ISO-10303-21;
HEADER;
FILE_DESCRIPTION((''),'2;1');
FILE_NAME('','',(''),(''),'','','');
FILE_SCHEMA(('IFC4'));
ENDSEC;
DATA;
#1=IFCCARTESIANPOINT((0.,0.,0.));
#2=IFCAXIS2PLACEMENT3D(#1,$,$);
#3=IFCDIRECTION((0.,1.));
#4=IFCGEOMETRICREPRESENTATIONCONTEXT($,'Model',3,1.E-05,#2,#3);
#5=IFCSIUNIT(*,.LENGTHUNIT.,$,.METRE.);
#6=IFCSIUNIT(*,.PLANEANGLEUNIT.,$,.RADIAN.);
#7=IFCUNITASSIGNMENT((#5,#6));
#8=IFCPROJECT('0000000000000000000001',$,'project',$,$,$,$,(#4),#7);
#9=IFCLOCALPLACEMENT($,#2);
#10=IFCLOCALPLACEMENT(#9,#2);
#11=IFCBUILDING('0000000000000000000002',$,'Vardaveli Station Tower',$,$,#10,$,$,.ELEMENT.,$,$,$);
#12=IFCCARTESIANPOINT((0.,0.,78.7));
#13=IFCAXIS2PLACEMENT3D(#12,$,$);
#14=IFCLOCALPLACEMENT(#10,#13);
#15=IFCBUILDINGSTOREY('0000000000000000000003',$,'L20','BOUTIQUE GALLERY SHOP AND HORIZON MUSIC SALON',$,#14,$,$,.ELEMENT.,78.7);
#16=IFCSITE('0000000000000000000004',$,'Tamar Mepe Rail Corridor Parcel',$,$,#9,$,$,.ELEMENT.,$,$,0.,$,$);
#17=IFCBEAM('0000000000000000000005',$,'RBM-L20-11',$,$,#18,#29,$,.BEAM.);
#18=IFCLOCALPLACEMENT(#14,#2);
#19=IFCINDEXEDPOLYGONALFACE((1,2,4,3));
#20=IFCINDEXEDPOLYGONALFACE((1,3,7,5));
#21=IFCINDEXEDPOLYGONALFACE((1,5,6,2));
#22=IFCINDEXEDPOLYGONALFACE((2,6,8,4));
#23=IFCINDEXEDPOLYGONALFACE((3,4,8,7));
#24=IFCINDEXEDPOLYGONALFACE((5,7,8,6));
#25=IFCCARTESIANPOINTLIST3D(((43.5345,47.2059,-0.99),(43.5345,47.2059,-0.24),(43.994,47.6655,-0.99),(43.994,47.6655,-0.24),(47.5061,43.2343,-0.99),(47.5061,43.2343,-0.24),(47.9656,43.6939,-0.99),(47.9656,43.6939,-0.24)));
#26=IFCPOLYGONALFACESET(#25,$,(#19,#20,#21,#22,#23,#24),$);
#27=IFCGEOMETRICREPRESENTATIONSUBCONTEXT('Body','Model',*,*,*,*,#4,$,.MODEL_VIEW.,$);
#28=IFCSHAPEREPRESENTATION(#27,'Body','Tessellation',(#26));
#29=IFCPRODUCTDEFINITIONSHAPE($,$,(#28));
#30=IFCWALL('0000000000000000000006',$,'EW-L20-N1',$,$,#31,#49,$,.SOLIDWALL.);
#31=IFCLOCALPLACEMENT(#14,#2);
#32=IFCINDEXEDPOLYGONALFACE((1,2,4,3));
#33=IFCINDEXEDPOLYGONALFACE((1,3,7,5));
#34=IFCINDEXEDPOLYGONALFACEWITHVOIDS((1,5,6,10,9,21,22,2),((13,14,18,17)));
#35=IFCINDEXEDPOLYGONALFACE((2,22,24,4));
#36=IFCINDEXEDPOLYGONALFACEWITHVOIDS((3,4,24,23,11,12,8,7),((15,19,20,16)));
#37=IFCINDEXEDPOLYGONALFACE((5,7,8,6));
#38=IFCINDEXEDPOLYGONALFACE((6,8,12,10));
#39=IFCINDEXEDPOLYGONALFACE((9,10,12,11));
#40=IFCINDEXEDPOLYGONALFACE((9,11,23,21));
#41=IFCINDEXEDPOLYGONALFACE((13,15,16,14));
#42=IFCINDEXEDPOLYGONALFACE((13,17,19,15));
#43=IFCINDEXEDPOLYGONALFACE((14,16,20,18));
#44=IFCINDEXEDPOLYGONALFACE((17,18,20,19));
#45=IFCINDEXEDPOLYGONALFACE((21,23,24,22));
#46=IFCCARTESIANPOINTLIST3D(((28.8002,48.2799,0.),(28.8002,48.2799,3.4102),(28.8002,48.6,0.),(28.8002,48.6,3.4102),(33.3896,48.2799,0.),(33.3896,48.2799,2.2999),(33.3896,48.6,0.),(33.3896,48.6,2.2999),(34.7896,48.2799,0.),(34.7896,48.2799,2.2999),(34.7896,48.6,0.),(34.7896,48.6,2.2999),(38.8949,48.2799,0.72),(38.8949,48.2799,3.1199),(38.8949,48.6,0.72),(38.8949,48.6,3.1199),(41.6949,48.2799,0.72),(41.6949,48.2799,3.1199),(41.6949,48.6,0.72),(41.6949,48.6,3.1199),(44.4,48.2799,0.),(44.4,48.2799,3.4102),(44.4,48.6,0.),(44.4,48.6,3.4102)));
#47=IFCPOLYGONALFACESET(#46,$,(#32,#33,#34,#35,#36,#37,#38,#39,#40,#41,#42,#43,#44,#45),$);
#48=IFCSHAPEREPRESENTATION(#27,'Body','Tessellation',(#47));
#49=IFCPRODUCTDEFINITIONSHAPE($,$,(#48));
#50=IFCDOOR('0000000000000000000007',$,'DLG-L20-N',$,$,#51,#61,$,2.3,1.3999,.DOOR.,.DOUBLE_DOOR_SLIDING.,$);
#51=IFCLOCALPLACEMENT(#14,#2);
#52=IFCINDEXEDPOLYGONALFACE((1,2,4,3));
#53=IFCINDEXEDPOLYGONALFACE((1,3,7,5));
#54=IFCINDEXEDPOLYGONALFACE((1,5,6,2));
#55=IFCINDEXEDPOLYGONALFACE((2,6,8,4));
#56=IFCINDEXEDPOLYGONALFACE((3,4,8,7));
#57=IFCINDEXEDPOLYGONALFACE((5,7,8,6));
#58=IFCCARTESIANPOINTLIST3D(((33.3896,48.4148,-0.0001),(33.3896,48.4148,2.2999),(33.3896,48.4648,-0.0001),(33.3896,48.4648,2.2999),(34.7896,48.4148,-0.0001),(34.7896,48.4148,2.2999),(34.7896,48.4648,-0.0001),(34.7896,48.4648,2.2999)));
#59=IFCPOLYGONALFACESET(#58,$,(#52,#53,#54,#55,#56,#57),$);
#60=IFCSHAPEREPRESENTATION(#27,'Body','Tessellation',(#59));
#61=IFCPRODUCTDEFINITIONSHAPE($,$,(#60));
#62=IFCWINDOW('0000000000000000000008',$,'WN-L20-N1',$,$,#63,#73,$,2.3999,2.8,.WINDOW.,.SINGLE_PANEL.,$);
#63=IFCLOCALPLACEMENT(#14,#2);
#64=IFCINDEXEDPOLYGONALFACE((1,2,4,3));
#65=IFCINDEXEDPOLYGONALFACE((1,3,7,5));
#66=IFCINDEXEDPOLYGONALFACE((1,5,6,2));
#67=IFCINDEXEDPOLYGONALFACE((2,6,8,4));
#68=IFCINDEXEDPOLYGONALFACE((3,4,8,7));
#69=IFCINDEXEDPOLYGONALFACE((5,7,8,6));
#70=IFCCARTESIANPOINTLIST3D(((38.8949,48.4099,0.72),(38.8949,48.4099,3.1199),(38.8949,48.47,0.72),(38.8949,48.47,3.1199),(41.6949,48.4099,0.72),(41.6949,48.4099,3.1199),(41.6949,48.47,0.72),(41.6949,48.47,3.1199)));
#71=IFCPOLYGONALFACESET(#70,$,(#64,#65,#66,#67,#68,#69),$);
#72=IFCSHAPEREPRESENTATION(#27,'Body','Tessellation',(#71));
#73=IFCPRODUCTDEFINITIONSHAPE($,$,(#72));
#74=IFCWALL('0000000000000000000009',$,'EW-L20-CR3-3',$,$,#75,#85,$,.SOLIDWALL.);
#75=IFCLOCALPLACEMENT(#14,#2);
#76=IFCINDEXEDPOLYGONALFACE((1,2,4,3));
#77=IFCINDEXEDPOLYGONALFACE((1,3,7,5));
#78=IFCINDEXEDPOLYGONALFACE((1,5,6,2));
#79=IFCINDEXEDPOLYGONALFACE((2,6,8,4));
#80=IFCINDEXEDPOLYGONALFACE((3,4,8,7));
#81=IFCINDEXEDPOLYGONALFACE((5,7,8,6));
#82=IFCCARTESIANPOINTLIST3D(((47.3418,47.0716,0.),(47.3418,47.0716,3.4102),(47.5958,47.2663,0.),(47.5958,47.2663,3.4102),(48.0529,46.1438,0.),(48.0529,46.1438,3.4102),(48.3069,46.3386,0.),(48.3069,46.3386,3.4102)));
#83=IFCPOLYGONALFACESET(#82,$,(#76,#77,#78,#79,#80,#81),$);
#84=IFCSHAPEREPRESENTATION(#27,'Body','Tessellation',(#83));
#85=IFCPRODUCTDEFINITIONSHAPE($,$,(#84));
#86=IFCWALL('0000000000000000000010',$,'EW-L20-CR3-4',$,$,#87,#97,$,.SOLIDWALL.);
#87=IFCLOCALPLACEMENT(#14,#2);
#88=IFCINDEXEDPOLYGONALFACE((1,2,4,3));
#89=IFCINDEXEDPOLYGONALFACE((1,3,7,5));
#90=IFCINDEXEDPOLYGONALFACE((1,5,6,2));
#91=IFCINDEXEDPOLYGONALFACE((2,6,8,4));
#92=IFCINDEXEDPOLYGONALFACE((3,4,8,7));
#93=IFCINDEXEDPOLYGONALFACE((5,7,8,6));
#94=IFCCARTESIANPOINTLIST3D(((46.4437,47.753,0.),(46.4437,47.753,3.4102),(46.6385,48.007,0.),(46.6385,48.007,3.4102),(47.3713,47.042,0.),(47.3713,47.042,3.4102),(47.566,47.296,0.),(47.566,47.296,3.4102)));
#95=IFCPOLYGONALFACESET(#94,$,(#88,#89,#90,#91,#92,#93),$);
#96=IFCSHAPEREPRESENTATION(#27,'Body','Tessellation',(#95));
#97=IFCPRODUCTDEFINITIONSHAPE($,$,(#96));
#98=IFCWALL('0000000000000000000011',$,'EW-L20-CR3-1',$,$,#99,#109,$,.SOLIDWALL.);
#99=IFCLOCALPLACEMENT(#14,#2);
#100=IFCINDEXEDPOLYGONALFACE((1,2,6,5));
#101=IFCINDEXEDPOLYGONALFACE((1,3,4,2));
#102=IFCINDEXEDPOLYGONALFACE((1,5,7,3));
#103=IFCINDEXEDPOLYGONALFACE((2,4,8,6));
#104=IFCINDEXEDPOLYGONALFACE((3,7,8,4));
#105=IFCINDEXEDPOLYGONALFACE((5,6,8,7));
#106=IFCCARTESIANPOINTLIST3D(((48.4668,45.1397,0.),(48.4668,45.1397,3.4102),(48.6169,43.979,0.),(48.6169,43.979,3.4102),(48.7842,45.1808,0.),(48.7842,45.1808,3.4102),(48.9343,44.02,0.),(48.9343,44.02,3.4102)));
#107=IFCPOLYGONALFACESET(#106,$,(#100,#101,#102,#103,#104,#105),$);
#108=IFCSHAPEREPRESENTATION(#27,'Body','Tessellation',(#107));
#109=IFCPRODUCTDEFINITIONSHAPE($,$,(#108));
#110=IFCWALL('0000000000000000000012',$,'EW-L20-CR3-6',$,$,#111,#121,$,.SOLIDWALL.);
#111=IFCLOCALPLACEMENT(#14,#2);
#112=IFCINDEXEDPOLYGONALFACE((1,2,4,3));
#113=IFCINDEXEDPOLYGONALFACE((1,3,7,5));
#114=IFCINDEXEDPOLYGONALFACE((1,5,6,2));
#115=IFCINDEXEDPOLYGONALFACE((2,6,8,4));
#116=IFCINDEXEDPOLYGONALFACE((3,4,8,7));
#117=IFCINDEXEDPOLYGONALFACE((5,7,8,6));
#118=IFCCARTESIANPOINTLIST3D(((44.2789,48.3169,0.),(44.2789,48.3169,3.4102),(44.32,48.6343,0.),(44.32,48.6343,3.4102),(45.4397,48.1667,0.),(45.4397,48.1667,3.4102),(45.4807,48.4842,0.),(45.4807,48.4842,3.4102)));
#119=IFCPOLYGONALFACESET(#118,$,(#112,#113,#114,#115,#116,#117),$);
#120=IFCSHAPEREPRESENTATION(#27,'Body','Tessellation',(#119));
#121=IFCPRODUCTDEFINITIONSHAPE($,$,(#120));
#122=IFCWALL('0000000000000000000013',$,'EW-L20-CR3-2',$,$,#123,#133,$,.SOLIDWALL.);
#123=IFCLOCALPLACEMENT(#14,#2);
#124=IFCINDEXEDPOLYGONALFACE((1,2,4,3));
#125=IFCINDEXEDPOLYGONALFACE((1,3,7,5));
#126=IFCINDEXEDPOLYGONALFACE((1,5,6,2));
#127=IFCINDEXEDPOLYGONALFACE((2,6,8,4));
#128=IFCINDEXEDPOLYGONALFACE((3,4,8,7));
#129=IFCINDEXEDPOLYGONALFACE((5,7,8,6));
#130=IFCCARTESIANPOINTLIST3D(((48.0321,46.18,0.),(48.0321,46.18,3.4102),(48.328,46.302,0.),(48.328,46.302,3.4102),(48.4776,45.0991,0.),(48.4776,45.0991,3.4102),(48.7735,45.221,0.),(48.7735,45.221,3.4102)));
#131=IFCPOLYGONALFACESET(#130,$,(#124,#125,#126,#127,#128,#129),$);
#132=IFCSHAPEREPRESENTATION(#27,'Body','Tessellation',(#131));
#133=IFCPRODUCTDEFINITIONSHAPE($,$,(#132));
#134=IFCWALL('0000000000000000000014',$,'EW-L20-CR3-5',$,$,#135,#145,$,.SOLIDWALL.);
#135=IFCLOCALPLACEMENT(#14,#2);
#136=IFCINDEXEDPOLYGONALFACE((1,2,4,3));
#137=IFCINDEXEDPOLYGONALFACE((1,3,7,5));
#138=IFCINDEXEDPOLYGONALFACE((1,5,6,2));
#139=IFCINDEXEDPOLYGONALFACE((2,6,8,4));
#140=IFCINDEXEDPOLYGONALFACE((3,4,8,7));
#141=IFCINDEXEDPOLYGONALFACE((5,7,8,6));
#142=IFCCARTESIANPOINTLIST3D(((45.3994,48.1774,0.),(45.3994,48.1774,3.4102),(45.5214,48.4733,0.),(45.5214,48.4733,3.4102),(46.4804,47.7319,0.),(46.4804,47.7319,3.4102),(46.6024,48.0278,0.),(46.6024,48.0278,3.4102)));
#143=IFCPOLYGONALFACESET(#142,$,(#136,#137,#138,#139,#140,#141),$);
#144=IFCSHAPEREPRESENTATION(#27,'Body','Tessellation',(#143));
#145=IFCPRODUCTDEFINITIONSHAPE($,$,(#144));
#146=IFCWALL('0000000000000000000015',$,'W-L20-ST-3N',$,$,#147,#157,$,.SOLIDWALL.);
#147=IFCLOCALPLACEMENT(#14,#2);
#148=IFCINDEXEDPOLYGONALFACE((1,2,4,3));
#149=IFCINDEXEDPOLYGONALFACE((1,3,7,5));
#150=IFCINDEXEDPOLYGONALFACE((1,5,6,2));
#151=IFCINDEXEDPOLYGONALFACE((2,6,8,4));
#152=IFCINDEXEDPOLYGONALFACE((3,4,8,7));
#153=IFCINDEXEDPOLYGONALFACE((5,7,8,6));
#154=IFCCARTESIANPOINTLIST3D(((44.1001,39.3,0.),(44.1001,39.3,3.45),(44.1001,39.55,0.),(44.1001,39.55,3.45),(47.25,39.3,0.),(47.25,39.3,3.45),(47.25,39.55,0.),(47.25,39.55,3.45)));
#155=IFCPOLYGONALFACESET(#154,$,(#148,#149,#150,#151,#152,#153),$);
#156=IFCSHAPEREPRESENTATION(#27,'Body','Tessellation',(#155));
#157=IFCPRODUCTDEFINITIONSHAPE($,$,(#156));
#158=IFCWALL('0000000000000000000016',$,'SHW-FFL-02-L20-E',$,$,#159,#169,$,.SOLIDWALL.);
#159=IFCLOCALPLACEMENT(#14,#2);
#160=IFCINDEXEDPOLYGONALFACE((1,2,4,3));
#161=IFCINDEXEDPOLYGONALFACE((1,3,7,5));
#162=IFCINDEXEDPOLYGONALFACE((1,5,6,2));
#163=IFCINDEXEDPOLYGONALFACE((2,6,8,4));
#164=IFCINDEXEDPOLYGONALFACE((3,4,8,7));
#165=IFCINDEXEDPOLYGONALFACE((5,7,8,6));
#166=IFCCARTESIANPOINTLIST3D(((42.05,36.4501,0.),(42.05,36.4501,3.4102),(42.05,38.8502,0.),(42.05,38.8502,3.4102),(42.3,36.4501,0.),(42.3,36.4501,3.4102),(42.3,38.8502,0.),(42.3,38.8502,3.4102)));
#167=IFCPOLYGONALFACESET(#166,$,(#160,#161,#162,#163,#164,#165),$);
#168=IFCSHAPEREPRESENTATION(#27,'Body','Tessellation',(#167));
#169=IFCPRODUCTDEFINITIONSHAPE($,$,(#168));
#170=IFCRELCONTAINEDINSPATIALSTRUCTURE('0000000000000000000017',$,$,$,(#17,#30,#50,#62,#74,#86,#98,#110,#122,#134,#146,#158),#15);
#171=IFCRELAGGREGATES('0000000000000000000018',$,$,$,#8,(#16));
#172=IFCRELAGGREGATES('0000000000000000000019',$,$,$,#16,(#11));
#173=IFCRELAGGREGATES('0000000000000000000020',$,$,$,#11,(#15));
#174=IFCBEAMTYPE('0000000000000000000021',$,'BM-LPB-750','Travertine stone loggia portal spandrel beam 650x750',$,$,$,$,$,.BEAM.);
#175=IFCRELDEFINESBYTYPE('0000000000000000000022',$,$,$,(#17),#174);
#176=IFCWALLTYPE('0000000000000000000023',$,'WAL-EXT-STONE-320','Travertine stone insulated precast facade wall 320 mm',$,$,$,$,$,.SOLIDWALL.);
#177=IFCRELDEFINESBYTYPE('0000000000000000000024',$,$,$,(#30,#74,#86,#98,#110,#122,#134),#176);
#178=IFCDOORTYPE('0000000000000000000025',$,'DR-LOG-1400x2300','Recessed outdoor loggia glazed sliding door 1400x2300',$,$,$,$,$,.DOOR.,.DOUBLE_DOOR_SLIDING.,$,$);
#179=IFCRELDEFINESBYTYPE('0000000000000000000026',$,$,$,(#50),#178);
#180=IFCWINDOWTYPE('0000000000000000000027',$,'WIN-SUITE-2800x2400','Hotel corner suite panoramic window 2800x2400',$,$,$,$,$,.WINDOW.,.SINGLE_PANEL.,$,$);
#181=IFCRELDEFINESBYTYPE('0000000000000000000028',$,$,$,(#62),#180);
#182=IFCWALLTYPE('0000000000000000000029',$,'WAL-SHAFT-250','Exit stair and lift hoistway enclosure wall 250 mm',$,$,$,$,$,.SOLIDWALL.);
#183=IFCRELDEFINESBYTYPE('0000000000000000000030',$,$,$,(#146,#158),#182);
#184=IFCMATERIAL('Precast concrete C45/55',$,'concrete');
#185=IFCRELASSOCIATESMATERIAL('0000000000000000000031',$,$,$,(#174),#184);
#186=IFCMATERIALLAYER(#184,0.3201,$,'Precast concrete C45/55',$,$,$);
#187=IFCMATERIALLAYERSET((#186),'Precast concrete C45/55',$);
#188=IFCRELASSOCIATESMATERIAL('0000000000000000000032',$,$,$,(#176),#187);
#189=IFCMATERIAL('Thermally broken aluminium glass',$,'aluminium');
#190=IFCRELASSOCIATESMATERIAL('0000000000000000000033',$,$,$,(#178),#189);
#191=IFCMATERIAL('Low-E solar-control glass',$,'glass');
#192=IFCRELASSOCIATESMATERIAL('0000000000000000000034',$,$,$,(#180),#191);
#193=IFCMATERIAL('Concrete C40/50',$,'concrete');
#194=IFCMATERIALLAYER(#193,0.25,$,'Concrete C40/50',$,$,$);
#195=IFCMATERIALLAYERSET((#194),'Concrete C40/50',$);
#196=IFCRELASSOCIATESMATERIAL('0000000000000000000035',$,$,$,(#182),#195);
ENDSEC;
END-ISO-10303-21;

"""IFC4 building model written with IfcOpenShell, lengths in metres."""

from ifc_helpers import new_model, si_unit, direction, frame, frame_2d, origin, origin_2d, place, context, subcontext, project, spatial, rectangle, extrude, source, transform, mapped, material, layer, layer_set, material_profile, profile_set, type_object, element, fill, save


model = new_model("IFC4")

# Units and contexts
model_context = context("Model", 3, precision=1e-05, world=origin(), true_north=direction((0.0, 1.0)))
body_context = subcontext(model_context, "Body", "Model", "MODEL_VIEW")
ifc_project = project(units=[si_unit("LENGTHUNIT", "METRE"), si_unit("PLANEANGLEUNIT", "RADIAN")], contexts=[model_context])

# Site, building, storey
site_placement = place(None, origin())
site = spatial("IfcSite", under=ifc_project, at=site_placement, Name="Tamar Mepe Rail Corridor Parcel", CompositionType="ELEMENT", RefElevation=0.0)
building_placement = place(site_placement, origin())
building = spatial("IfcBuilding", under=site, at=building_placement, Name="Vardaveli Station Tower", CompositionType="ELEMENT")
storey_placement = place(building_placement, frame((0.0, 0.0, 78.7)))
storey = spatial("IfcBuildingStorey", under=building, at=storey_placement, Name="L20", Description="BOUTIQUE GALLERY SHOP AND HORIZON MUSIC SALON", CompositionType="ELEMENT", Elevation=78.7)

# Beam
ifc_material_1 = material(Name="Precast concrete C45/55", Category="concrete")
ifc_material_profile_1 = material_profile(ifc_material_1, rectangle(XDim=0.6499, YDim=0.75, at=origin_2d()), Name="LPB 650x750")
ifc_profile_set_1 = profile_set([ifc_material_profile_1], Name="Precast concrete C45/55")
beam_type = type_object("IfcBeamType", Name="BM-LPB-750", Description="Travertine stone loggia portal spandrel beam 650x750", PredefinedType="BEAM", material=ifc_profile_set_1)
shared_shape_1 = source(origin(), body_context, "Body", "SweptSolid", [
    extrude(rectangle(XDim=0.6499, YDim=0.75, at=origin_2d()), origin(), (0.0, 0.0, 1.0), 5.6167),
])
beam_placement = place(storey_placement, frame((47.7358, 43.4641, -0.615), z_axis=(-0.707107, 0.707107, 0.0), x_axis=(-0.707107, -0.707107, 0.0)))
element("IfcBeam", 1, at=beam_placement, inside=storey, type_object=beam_type, Name="RBM-L20-11", PredefinedType="BEAM", context=body_context, shape_type="MappedRepresentation", body=[
    mapped(shared_shape_1, transform((0.0, 0.0, 0.0), scale=1.0)),
])

# Wall, openings, door, window
ifc_layer_1 = layer(ifc_material_1, 0.3201, Name="Precast concrete C45/55")
ifc_layer_set_1 = layer_set([ifc_layer_1], Name="Precast concrete C45/55")
wall_type_1 = type_object("IfcWallType", Name="WAL-EXT-STONE-320", Description="Travertine stone insulated precast facade wall 320 mm", PredefinedType="SOLIDWALL", material=ifc_layer_set_1)
shared_shape_2 = source(origin(), body_context, "Body", "SweptSolid", [
    extrude(rectangle(XDim=15.5999, YDim=0.3201, at=frame_2d((7.7998, 0.0))), origin(), (0.0, 0.0, 1.0), 3.4102),
])
wall_1_placement = place(storey_placement, frame((44.3999, 48.4399, 0.0), z_axis=(0.0, 0.0, 1.0), x_axis=(-1.0, 0.0, 0.0)))
wall_1 = element("IfcWall", 2, at=wall_1_placement, inside=storey, type_object=wall_type_1, Name="EW-L20-N1", PredefinedType="SOLIDWALL", context=body_context, shape_type="MappedRepresentation", body=[
    mapped(shared_shape_2, transform((0.0, 0.0, 0.0), scale=1.0)),
])
shared_shape_3 = source(origin(), body_context, "Body", "SweptSolid", [
    extrude(rectangle(XDim=1.3999, YDim=2.3, at=frame_2d((0.7, 1.1499))), frame((0.0, 0.1699, 0.0), z_axis=(0.0, -1.0, 0.0), x_axis=(1.0, 0.0, 0.0)), (0.0, 0.0, 1.0), 0.3401),
])
opening_1_placement = place(wall_1_placement, frame((9.6104, 0.0, 0.0)))
opening_1 = element("IfcOpeningElement", 3, at=opening_1_placement, cuts=wall_1, PredefinedType="OPENING", context=body_context, shape_type="MappedRepresentation", body=[
    mapped(shared_shape_3, transform((0.0, 0.0, 0.0), scale=1.0)),
])
shared_shape_4 = source(origin(), body_context, "Body", "SweptSolid", [
    extrude(rectangle(XDim=2.8, YDim=2.3999, at=frame_2d((1.3999, 1.2))), frame((0.0, 0.1699, 0.0), z_axis=(0.0, -1.0, 0.0), x_axis=(1.0, 0.0, 0.0)), (0.0, 0.0, 1.0), 0.3401),
])
opening_2_placement = place(wall_1_placement, frame((2.7051, 0.0, 0.72)))
opening_2 = element("IfcOpeningElement", 4, at=opening_2_placement, cuts=wall_1, PredefinedType="OPENING", context=body_context, shape_type="MappedRepresentation", body=[
    mapped(shared_shape_4, transform((0.0, 0.0, 0.0), scale=1.0)),
])
ifc_material_2 = material(Name="Thermally broken aluminium glass", Category="aluminium")
door_type = type_object("IfcDoorType", Name="DR-LOG-1400x2300", Description="Recessed outdoor loggia glazed sliding door 1400x2300", OperationType="DOUBLE_DOOR_SLIDING", PredefinedType="DOOR", material=ifc_material_2)
shared_shape_5 = source(origin(), body_context, "Body", "SweptSolid", [
    extrude(rectangle(XDim=1.3999, YDim=2.3, at=frame_2d((0.7, 1.1499))), frame((0.0, 0.0249, 0.0), z_axis=(0.0, -1.0, 0.0), x_axis=(1.0, 0.0, 0.0)), (0.0, 0.0, 1.0), 0.05),
])
door_placement = place(opening_1_placement, frame((1.3999, 0.0, 0.0), z_axis=(0.0, 0.0, 1.0), x_axis=(-1.0, 0.0, 0.0)))
door = element("IfcDoor", 5, at=door_placement, inside=storey, type_object=door_type, Name="DLG-L20-N", OperationType="DOUBLE_DOOR_SLIDING", OverallHeight=2.3, OverallWidth=1.3999, PredefinedType="DOOR", context=body_context, shape_type="MappedRepresentation", body=[
    mapped(shared_shape_5, transform((0.0, 0.0, 0.0), scale=1.0)),
])
fill(opening_1, door)
ifc_material_3 = material(Name="Low-E solar-control glass", Category="glass")
window_type = type_object("IfcWindowType", Name="WIN-SUITE-2800x2400", Description="Hotel corner suite panoramic window 2800x2400", PartitioningType="SINGLE_PANEL", PredefinedType="WINDOW", material=ifc_material_3)
shared_shape_6 = source(origin(), body_context, "Body", "SweptSolid", [
    extrude(rectangle(XDim=2.8, YDim=2.3999, at=frame_2d((1.3999, 1.2))), frame((0.0, 0.03, 0.0), z_axis=(0.0, -1.0, 0.0), x_axis=(1.0, 0.0, 0.0)), (0.0, 0.0, 1.0), 0.0601),
])
window_placement = place(opening_2_placement, origin())
window = element("IfcWindow", 6, at=window_placement, inside=storey, type_object=window_type, Name="WN-L20-N1", OverallHeight=2.3999, OverallWidth=2.8, PartitioningType="SINGLE_PANEL", PredefinedType="WINDOW", context=body_context, shape_type="MappedRepresentation", body=[
    mapped(shared_shape_6, transform((0.0, 0.0, 0.0), scale=1.0)),
])
fill(opening_2, window)

# Walls
shared_shape_7 = source(origin(), body_context, "Body", "SweptSolid", [
    extrude(rectangle(XDim=1.1689, YDim=0.3201, at=frame_2d((0.5845, 0.0))), origin(), (0.0, 0.0, 1.0), 3.4102),
])
wall_2_placement = place(storey_placement, frame((48.1799, 46.2412, 0.0), z_axis=(0.0, 0.0, 1.0), x_axis=(-0.608388, 0.79364, 0.0)))
element("IfcWall", 7, at=wall_2_placement, inside=storey, type_object=wall_type_1, Name="EW-L20-CR3-3", PredefinedType="SOLIDWALL", context=body_context, shape_type="MappedRepresentation", body=[
    mapped(shared_shape_7, transform((0.0, 0.0, 0.0), scale=1.0)),
])
shared_shape_8 = source(origin(), body_context, "Body", "SweptSolid", [
    extrude(rectangle(XDim=1.1687, YDim=0.3201, at=frame_2d((0.5845, 0.0))), origin(), (0.0, 0.0, 1.0), 3.4102),
])
wall_3_placement = place(storey_placement, frame((47.4688, 47.1689, 0.0), z_axis=(0.0, 0.0, 1.0), x_axis=(-0.793664, 0.608357, 0.0)))
element("IfcWall", 8, at=wall_3_placement, inside=storey, type_object=wall_type_1, Name="EW-L20-CR3-4", PredefinedType="SOLIDWALL", context=body_context, shape_type="MappedRepresentation", body=[
    mapped(shared_shape_8, transform((0.0, 0.0, 0.0), scale=1.0)),
])
shared_shape_9 = source(origin(), body_context, "Body", "SweptSolid", [
    extrude(rectangle(XDim=1.1704, YDim=0.3201, at=frame_2d((0.5852, 0.0))), origin(), (0.0, 0.0, 1.0), 3.4102),
])
for number, where, z_axis, x_axis, name in (
    (9, (48.7756, 43.9995, 0.0), (0.0, 0.0, 1.0), (-0.128296, 0.991736, 0.0), "EW-L20-CR3-1"),
    (10, (45.4602, 48.3254, 0.0), (0.0, 0.0, 1.0), (-0.991736, 0.128296, 0.0), "EW-L20-CR3-6"),
):
    element("IfcWall", number, at=place(storey_placement, frame(where, z_axis=z_axis, x_axis=x_axis)), inside=storey, type_object=wall_type_1, Name=name, PredefinedType="SOLIDWALL", context=body_context, shape_type="MappedRepresentation", body=[
        mapped(shared_shape_9, transform((0.0, 0.0, 0.0), scale=1.0)),
    ])
shared_shape_10 = source(origin(), body_context, "Body", "SweptSolid", [
    extrude(rectangle(XDim=1.1692, YDim=0.3201, at=frame_2d((0.5845, 0.0))), origin(), (0.0, 0.0, 1.0), 3.4102),
])
for number, where, z_axis, x_axis, name in (
    (11, (48.6255, 45.1602, 0.0), (0.0, 0.0, 1.0), (-0.381054, 0.924553, 0.0), "EW-L20-CR3-2"),
    (12, (46.5413, 47.8799, 0.0), (0.0, 0.0, 1.0), (-0.924553, 0.381054, 0.0), "EW-L20-CR3-5"),
):
    element("IfcWall", number, at=place(storey_placement, frame(where, z_axis=z_axis, x_axis=x_axis)), inside=storey, type_object=wall_type_1, Name=name, PredefinedType="SOLIDWALL", context=body_context, shape_type="MappedRepresentation", body=[
        mapped(shared_shape_10, transform((0.0, 0.0, 0.0), scale=1.0)),
    ])
ifc_material_4 = material(Name="Concrete C40/50", Category="concrete")
ifc_layer_2 = layer(ifc_material_4, 0.25, Name="Concrete C40/50")
ifc_layer_set_2 = layer_set([ifc_layer_2], Name="Concrete C40/50")
wall_type_2 = type_object("IfcWallType", Name="WAL-SHAFT-250", Description="Exit stair and lift hoistway enclosure wall 250 mm", PredefinedType="SOLIDWALL", material=ifc_layer_set_2)
shared_shape_11 = source(origin(), body_context, "Body", "SweptSolid", [
    extrude(rectangle(XDim=3.1499, YDim=0.25, at=frame_2d((1.575, 0.0))), origin(), (0.0, 0.0, 1.0), 3.45),
])
wall_4_placement = place(storey_placement, frame((44.1001, 39.425, 0.0), z_axis=(0.0, 0.0, 1.0), x_axis=(1.0, 0.0, 0.0)))
element("IfcWall", 13, at=wall_4_placement, inside=storey, type_object=wall_type_2, Name="W-L20-ST-3N", PredefinedType="SOLIDWALL", context=body_context, shape_type="MappedRepresentation", body=[
    mapped(shared_shape_11, transform((0.0, 0.0, 0.0), scale=1.0)),
])
shared_shape_12 = source(origin(), body_context, "Body", "SweptSolid", [
    extrude(rectangle(XDim=2.4001, YDim=0.25, at=frame_2d((1.2002, 0.0))), origin(), (0.0, 0.0, 1.0), 3.4102),
])
wall_5_placement = place(storey_placement, frame((42.175, 36.45, 0.0), z_axis=(0.0, 0.0, 1.0), x_axis=(0.0, 1.0, 0.0)))
element("IfcWall", 14, at=wall_5_placement, inside=storey, type_object=wall_type_2, Name="SHW-FFL-02-L20-E", PredefinedType="SOLIDWALL", context=body_context, shape_type="MappedRepresentation", body=[
    mapped(shared_shape_12, transform((0.0, 0.0, 0.0), scale=1.0)),
])

save(model, "model.ifc")
